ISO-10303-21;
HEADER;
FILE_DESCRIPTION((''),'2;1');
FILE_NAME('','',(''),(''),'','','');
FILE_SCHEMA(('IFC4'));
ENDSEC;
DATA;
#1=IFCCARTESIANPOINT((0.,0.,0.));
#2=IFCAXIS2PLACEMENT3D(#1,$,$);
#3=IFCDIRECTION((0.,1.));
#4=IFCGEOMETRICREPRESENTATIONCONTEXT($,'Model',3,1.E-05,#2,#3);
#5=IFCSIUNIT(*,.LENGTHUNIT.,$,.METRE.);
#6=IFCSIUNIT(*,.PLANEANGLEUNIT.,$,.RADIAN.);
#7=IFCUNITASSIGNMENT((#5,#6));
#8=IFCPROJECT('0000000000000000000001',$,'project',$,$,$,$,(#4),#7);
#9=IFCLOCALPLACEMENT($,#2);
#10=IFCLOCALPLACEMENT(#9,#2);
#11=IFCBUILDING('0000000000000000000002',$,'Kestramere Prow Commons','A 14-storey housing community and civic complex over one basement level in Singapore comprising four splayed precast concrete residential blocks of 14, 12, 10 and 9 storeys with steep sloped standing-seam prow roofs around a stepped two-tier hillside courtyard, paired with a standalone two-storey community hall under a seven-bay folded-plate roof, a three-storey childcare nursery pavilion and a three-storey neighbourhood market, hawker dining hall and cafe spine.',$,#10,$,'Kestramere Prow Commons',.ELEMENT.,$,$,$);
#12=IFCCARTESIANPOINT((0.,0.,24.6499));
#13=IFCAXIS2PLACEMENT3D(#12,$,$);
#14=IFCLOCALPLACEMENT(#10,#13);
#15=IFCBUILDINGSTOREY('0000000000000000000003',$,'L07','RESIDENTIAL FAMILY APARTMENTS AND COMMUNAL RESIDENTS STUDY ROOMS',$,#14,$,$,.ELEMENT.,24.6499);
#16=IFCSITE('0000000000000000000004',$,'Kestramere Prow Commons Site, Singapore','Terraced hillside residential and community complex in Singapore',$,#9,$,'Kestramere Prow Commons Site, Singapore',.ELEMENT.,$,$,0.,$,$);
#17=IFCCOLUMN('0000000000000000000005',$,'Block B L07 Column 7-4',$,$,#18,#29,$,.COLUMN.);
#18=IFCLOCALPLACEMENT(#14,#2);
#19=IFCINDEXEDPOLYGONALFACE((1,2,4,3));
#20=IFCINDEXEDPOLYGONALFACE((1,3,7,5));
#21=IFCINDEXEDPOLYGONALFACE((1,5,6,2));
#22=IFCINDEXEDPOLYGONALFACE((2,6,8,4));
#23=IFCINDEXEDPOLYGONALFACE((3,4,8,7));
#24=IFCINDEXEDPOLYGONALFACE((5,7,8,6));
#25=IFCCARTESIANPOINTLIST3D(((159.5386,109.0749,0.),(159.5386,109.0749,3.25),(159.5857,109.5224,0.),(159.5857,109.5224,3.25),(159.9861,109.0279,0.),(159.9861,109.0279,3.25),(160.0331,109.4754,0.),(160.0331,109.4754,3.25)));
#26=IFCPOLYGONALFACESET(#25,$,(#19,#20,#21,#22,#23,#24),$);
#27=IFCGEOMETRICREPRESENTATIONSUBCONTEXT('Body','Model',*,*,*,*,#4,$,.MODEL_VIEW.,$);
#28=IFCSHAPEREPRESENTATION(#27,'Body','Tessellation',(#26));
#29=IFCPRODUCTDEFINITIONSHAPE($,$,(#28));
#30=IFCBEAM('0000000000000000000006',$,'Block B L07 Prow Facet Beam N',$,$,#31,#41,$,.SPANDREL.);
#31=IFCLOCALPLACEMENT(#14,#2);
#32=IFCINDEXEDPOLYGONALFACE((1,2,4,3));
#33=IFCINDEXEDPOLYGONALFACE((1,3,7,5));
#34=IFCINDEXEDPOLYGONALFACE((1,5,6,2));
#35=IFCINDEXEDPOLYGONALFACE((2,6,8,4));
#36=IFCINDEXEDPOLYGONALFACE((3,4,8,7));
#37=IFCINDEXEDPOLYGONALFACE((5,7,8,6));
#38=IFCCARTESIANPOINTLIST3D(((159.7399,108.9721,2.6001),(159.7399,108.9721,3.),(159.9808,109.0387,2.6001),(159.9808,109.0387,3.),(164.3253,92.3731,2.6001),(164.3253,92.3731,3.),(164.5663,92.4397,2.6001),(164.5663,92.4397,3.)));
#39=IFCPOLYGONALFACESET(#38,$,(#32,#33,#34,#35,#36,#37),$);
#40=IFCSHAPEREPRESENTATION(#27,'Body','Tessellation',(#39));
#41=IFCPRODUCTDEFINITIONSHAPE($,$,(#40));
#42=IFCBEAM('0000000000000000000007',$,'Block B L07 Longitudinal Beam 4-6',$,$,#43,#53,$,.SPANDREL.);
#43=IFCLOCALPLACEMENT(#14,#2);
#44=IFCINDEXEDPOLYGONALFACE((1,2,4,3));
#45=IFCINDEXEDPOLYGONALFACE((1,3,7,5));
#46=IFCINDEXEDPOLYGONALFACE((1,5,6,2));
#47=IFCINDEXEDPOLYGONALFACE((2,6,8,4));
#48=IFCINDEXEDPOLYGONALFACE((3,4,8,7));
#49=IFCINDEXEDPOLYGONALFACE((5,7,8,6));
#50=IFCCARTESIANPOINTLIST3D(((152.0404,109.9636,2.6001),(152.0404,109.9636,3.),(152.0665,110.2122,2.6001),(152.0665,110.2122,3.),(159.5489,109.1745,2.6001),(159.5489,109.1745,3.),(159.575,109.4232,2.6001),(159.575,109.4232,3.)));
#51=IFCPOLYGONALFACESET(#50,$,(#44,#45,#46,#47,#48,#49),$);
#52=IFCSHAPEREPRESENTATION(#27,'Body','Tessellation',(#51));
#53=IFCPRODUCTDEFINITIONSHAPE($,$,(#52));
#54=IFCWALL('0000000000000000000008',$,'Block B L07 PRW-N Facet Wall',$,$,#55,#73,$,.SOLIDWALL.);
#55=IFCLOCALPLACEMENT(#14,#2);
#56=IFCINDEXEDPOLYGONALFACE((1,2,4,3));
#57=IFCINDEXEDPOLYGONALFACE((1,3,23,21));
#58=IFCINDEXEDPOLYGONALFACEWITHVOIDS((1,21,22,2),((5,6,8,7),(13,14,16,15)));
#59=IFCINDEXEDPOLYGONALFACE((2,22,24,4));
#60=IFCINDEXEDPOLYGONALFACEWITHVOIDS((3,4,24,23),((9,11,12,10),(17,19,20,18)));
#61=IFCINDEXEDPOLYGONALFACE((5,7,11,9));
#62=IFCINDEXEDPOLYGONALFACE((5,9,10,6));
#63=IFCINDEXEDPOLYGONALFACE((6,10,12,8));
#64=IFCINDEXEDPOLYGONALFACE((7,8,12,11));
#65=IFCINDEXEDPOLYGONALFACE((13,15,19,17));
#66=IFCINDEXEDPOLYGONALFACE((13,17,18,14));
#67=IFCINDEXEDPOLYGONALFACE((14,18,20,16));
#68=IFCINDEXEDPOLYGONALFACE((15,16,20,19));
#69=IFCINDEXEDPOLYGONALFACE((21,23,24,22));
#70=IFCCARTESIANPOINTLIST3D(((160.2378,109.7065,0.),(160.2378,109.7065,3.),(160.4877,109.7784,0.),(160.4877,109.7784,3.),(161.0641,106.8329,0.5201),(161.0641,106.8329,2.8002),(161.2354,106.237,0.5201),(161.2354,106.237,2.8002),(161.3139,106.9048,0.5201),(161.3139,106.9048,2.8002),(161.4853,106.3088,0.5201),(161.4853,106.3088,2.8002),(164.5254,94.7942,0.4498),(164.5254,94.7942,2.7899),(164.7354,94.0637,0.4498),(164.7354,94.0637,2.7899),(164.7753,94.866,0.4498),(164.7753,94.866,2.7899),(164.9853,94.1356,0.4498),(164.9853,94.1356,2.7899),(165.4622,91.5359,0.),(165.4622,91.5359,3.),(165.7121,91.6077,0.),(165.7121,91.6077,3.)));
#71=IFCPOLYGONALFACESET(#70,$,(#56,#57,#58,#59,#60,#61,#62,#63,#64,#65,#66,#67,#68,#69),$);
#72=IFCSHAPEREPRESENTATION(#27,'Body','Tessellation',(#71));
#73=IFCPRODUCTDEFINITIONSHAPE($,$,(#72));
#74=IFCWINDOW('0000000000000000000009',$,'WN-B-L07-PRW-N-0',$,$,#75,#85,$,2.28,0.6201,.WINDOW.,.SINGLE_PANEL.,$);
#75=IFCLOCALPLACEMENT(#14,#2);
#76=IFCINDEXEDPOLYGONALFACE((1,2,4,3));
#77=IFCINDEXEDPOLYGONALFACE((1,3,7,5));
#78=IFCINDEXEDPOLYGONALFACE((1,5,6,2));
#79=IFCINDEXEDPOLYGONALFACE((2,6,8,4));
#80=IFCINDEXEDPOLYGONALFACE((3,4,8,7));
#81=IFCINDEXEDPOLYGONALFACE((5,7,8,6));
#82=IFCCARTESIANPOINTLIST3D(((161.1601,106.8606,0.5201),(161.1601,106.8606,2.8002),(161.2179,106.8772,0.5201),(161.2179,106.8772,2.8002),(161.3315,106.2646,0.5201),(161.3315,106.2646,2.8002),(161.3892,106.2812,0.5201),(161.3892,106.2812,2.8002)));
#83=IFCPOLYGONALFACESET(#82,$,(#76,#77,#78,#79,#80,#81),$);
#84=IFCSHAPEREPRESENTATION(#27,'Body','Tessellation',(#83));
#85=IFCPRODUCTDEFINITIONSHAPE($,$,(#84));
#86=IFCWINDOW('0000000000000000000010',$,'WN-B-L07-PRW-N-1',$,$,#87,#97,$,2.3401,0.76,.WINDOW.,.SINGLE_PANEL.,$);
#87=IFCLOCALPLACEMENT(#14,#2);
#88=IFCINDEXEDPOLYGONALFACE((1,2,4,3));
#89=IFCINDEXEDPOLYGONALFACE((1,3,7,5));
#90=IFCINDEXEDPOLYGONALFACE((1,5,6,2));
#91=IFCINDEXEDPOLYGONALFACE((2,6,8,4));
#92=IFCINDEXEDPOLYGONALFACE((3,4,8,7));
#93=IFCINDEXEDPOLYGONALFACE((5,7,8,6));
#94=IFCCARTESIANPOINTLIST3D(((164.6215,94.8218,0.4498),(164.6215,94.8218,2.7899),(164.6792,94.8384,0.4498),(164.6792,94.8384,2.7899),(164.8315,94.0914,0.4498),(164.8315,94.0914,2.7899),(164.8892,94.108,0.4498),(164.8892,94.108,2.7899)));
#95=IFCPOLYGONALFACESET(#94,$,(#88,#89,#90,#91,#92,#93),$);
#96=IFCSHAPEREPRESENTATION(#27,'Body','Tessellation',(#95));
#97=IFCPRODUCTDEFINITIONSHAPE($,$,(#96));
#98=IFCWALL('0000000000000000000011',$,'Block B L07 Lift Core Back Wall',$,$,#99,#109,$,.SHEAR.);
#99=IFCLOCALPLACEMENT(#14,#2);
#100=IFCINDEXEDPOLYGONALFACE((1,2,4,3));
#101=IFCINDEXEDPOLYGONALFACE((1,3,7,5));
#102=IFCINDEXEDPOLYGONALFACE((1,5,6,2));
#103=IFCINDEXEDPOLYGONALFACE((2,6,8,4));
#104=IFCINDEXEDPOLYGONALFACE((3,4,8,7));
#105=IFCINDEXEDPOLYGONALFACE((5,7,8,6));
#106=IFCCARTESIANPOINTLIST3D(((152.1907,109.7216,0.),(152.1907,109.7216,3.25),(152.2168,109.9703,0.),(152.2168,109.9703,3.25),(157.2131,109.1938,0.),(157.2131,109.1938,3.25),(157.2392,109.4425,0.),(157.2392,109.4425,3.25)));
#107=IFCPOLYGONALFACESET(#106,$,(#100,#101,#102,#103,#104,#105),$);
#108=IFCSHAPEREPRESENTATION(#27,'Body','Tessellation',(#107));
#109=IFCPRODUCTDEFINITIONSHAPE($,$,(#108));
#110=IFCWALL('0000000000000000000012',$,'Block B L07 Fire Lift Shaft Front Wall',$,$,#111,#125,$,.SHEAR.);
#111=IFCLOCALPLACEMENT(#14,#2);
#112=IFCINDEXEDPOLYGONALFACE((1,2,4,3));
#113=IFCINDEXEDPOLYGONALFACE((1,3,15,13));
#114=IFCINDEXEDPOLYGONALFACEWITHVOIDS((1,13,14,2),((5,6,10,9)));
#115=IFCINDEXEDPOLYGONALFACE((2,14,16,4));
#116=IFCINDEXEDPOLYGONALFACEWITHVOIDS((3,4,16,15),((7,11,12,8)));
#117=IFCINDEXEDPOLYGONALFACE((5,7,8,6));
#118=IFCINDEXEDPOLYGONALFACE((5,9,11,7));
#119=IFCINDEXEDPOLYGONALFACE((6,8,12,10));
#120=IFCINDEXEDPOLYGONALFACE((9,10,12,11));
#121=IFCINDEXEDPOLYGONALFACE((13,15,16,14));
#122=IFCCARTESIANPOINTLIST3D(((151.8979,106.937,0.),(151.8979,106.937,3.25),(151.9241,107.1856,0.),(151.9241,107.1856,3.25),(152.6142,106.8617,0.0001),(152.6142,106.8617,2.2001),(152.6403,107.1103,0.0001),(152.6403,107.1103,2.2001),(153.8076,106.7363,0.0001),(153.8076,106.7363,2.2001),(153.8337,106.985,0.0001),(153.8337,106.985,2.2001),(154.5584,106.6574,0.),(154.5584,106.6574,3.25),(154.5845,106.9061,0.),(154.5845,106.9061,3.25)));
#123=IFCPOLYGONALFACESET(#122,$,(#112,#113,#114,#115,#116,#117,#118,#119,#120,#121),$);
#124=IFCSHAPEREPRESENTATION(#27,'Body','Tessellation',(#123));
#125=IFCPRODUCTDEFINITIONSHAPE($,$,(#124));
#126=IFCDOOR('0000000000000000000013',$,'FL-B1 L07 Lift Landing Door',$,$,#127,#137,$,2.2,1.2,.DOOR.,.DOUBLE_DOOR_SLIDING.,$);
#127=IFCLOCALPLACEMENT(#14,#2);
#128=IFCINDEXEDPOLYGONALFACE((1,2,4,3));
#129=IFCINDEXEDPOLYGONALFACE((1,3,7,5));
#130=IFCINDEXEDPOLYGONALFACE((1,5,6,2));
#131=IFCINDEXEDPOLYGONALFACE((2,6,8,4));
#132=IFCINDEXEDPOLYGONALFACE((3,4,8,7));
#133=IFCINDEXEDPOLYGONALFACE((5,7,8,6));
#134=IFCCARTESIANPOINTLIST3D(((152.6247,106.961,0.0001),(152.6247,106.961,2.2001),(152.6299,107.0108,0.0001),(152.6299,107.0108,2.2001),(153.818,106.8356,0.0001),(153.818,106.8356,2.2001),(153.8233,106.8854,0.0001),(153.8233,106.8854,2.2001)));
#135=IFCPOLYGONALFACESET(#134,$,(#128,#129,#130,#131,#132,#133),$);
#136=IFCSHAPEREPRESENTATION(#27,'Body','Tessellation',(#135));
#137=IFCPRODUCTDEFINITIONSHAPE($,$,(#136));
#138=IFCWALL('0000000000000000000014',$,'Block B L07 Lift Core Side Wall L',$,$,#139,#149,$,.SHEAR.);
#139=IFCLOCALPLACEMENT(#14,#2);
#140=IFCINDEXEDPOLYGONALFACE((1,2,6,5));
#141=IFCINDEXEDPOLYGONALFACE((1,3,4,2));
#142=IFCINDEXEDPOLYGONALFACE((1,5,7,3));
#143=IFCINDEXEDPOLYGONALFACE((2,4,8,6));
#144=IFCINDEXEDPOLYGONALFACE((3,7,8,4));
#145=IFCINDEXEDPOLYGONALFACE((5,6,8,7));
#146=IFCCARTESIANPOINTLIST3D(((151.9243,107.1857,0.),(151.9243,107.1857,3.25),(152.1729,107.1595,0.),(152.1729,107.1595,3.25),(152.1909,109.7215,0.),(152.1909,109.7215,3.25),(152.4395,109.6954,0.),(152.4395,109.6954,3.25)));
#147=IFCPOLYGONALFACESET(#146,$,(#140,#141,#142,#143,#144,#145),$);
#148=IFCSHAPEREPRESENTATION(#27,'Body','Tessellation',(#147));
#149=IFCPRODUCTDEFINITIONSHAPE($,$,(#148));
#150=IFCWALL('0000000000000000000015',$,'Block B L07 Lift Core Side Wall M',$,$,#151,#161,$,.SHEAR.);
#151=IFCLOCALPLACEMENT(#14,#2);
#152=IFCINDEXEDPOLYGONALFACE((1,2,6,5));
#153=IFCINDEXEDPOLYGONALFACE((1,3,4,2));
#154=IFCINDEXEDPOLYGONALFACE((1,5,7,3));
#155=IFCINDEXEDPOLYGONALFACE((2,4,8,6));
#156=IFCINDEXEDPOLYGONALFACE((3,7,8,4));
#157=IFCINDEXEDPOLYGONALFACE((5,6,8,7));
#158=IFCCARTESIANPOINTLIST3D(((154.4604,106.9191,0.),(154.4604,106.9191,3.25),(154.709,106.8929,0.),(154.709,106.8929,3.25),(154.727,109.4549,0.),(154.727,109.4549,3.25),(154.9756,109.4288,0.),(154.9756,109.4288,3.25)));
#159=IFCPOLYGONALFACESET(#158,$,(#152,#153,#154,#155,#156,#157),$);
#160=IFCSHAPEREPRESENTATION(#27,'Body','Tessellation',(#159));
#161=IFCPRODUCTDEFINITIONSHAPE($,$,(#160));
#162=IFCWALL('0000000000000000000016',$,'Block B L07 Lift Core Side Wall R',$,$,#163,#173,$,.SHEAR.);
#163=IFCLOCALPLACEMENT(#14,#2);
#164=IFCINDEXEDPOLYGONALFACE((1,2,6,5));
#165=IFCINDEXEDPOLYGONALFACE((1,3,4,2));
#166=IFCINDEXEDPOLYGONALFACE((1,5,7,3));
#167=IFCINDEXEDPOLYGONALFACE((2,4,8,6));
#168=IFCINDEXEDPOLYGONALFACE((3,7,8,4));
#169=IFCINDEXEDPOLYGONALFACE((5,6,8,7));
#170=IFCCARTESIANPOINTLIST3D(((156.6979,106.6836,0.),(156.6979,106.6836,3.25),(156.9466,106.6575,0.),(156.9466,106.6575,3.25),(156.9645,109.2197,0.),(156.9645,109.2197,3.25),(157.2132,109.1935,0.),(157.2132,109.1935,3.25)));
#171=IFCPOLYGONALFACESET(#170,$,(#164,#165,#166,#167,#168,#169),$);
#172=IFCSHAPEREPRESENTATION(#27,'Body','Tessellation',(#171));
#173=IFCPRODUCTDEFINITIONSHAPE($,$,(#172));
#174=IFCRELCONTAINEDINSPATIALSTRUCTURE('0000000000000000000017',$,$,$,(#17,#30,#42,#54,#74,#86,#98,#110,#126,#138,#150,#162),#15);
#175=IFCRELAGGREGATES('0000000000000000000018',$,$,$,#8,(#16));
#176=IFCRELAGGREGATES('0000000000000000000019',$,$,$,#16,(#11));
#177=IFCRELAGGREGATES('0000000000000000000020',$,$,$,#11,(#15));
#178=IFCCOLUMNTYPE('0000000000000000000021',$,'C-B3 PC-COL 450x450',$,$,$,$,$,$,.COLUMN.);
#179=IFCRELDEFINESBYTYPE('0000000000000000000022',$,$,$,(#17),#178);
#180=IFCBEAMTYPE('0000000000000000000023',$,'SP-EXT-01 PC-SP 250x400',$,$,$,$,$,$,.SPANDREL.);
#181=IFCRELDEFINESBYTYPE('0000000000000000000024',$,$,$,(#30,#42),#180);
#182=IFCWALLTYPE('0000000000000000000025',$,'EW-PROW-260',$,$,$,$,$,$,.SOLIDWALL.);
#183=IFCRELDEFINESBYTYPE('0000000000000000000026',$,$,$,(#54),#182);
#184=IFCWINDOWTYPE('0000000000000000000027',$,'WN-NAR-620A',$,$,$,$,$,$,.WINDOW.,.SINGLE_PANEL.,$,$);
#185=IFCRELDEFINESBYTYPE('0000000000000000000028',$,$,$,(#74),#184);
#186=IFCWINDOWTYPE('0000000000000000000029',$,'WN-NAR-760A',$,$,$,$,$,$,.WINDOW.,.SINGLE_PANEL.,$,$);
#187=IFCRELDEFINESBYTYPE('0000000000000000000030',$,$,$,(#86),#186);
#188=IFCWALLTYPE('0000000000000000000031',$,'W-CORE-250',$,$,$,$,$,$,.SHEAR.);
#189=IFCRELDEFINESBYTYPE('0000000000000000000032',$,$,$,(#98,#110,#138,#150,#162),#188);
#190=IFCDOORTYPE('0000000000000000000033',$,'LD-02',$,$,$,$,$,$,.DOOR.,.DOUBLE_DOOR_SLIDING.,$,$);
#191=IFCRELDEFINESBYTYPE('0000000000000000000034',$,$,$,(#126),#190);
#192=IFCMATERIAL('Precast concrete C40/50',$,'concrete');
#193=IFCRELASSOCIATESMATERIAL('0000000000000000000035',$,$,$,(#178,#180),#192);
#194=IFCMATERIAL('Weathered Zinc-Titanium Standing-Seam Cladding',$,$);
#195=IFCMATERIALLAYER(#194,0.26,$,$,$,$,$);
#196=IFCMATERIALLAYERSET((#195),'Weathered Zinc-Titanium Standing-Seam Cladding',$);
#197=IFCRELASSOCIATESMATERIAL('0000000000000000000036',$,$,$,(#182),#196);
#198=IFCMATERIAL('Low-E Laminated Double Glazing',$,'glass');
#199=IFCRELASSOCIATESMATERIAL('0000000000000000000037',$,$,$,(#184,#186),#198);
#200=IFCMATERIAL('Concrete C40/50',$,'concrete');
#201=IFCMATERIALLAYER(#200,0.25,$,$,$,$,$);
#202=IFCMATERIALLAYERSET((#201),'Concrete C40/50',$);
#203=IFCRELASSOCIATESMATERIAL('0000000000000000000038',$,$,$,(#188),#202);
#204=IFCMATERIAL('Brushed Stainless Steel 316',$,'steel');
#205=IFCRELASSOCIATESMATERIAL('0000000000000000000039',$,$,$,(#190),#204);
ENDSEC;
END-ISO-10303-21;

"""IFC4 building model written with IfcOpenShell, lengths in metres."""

from ifc_helpers import new_model, si_unit, direction, frame, frame_2d, origin, origin_2d, place, context, subcontext, project, spatial, rectangle, extrude, material, layer, layer_set, material_profile, profile_set, type_object, element, fill, save


model = new_model("IFC4")

# Units and contexts
model_context = context("Model", 3, precision=1e-05, world=origin(), true_north=direction((0.0, 1.0)))
body_context = subcontext(model_context, "Body", "Model", "MODEL_VIEW")
ifc_project = project(units=[si_unit("LENGTHUNIT", "METRE"), si_unit("PLANEANGLEUNIT", "RADIAN")], contexts=[model_context])

# Site, building, storey
site_placement = place(None, origin())
site = spatial("IfcSite", under=ifc_project, at=site_placement, Name="Kestramere Prow Commons Site, Singapore", Description="Terraced hillside residential and community complex in Singapore", LongName="Kestramere Prow Commons Site, Singapore", CompositionType="ELEMENT", RefElevation=0.0)
building_placement = place(site_placement, origin())
building = spatial("IfcBuilding", under=site, at=building_placement, Name="Kestramere Prow Commons", Description="A 14-storey housing community and civic complex over one basement level in Singapore comprising four splayed precast concrete residential blocks of 14, 12, 10 and 9 storeys with steep sloped standing-seam prow roofs around a stepped two-tier hillside courtyard, paired with a standalone two-storey community hall under a seven-bay folded-plate roof, a three-storey childcare nursery pavilion and a three-storey neighbourhood market, hawker dining hall and cafe spine.", LongName="Kestramere Prow Commons", CompositionType="ELEMENT")
storey_placement = place(building_placement, frame((0.0, 0.0, 24.6499)))
storey = spatial("IfcBuildingStorey", under=building, at=storey_placement, Name="L07", Description="RESIDENTIAL FAMILY APARTMENTS AND COMMUNAL RESIDENTS STUDY ROOMS", CompositionType="ELEMENT", Elevation=24.6499)

# Column
ifc_material_1 = material(Name="Precast concrete C40/50", Category="concrete")
ifc_material_profile_1 = material_profile(ifc_material_1, rectangle(XDim=0.45, YDim=0.45, at=origin_2d()), Name="PC-COL 450x450")
ifc_profile_set_1 = profile_set([ifc_material_profile_1], Name="Precast concrete C40/50")
column_type = type_object("IfcColumnType", Name="C-B3 PC-COL 450x450", PredefinedType="COLUMN", material=ifc_profile_set_1)
column_placement = place(storey_placement, frame((159.7859, 109.2751, 0.0), z_axis=(0.0, 0.0, 1.0), x_axis=(0.994522, -0.104528, 0.0)))
element("IfcColumn", 1, at=column_placement, inside=storey, type_object=column_type, Name="Block B L07 Column 7-4", PredefinedType="COLUMN", context=body_context, shape_type="SweptSolid", body=[
    extrude(rectangle(XDim=0.45, YDim=0.45, at=origin_2d()), origin(), (0.0, 0.0, 1.0), 3.25),
])

# Beams
ifc_material_profile_2 = material_profile(ifc_material_1, rectangle(XDim=0.25, YDim=0.3999, at=origin_2d()), Name="PC-SP 250x400")
ifc_profile_set_2 = profile_set([ifc_material_profile_2], Name="Precast concrete C40/50")
beam_type = type_object("IfcBeamType", Name="SP-EXT-01 PC-SP 250x400", PredefinedType="SPANDREL", material=ifc_profile_set_2)
beam_1_placement = place(storey_placement, frame((159.8604, 109.0054, 2.8), z_axis=(0.266277, -0.963897, 0.0), x_axis=(0.963897, 0.266277, 0.0)))
element("IfcBeam", 2, at=beam_1_placement, inside=storey, type_object=beam_type, Name="Block B L07 Prow Facet Beam N", PredefinedType="SPANDREL", context=body_context, shape_type="SweptSolid", body=[
    extrude(rectangle(XDim=0.25, YDim=0.3999, at=origin_2d()), origin(), (0.0, 0.0, 1.0), 17.2207),
])
beam_2_placement = place(storey_placement, frame((152.0535, 110.0879, 2.8), z_axis=(0.994524, -0.104513, 0.0), x_axis=(0.104513, 0.994524, 0.0)))
element("IfcBeam", 3, at=beam_2_placement, inside=storey, type_object=beam_type, Name="Block B L07 Longitudinal Beam 4-6", PredefinedType="SPANDREL", context=body_context, shape_type="SweptSolid", body=[
    extrude(rectangle(XDim=0.25, YDim=0.3999, at=origin_2d()), origin(), (0.0, 0.0, 1.0), 7.5498),
])

# Wall, openings, windows
ifc_material_2 = material(Name="Weathered Zinc-Titanium Standing-Seam Cladding")
ifc_layer_1 = layer(ifc_material_2, 0.26)
ifc_layer_set_1 = layer_set([ifc_layer_1], Name="Weathered Zinc-Titanium Standing-Seam Cladding")
wall_type_1 = type_object("IfcWallType", Name="EW-PROW-260", PredefinedType="SOLIDWALL", material=ifc_layer_set_1)
wall_1_placement = place(storey_placement, frame((160.3628, 109.7424, 0.0), z_axis=(0.0, 0.0, 1.0), x_axis=(0.276322, -0.961065, 0.0)))
wall_1 = element("IfcWall", 4, at=wall_1_placement, inside=storey, type_object=wall_type_1, Name="Block B L07 PRW-N Facet Wall", PredefinedType="SOLIDWALL", context=body_context, shape_type="SweptSolid", body=[
    extrude(rectangle(XDim=18.9067, YDim=0.26, at=frame_2d((9.4534, 0.0))), origin(), (0.0, 0.0, 1.0), 3.0),
])
opening_1_placement = place(wall_1_placement, frame((2.99, 0.0, 0.52)))
opening_1 = element("IfcOpeningElement", 5, at=opening_1_placement, cuts=wall_1, PredefinedType="OPENING", context=body_context, shape_type="SweptSolid", body=[
    extrude(rectangle(XDim=0.6201, YDim=2.28, at=frame_2d((0.3101, 1.1401))), frame((0.0, 0.145, 0.0), z_axis=(0.0, -1.0, 0.0), x_axis=(1.0, 0.0, 0.0)), (0.0, 0.0, 1.0), 0.29),
])
opening_2_placement = place(wall_1_placement, frame((15.5166, 0.0, 0.45)))
opening_2 = element("IfcOpeningElement", 6, at=opening_2_placement, cuts=wall_1, PredefinedType="OPENING", context=body_context, shape_type="SweptSolid", body=[
    extrude(rectangle(XDim=0.76, YDim=2.3401, at=frame_2d((0.3799, 1.1699))), frame((0.0, 0.145, 0.0), z_axis=(0.0, -1.0, 0.0), x_axis=(1.0, 0.0, 0.0)), (0.0, 0.0, 1.0), 0.29),
])
ifc_material_3 = material(Name="Low-E Laminated Double Glazing", Category="glass")
window_type_1 = type_object("IfcWindowType", Name="WN-NAR-620A", PartitioningType="SINGLE_PANEL", PredefinedType="WINDOW", material=ifc_material_3)
window_1_placement = place(opening_1_placement, origin())
window_1 = element("IfcWindow", 7, at=window_1_placement, inside=storey, type_object=window_type_1, Name="WN-B-L07-PRW-N-0", OverallHeight=2.28, OverallWidth=0.6201, PartitioningType="SINGLE_PANEL", PredefinedType="WINDOW", context=body_context, shape_type="SweptSolid", body=[
    extrude(rectangle(XDim=0.6201, YDim=2.28, at=frame_2d((0.3101, 1.1401))), frame((0.0, 0.03, 0.0), z_axis=(0.0, -1.0, 0.0), x_axis=(1.0, 0.0, 0.0)), (0.0, 0.0, 1.0), 0.0601),
])
fill(opening_1, window_1)
window_type_2 = type_object("IfcWindowType", Name="WN-NAR-760A", PartitioningType="SINGLE_PANEL", PredefinedType="WINDOW", material=ifc_material_3)
window_2_placement = place(opening_2_placement, origin())
window_2 = element("IfcWindow", 8, at=window_2_placement, inside=storey, type_object=window_type_2, Name="WN-B-L07-PRW-N-1", OverallHeight=2.3401, OverallWidth=0.76, PartitioningType="SINGLE_PANEL", PredefinedType="WINDOW", context=body_context, shape_type="SweptSolid", body=[
    extrude(rectangle(XDim=0.76, YDim=2.3401, at=frame_2d((0.3799, 1.1699))), frame((0.0, 0.03, 0.0), z_axis=(0.0, -1.0, 0.0), x_axis=(1.0, 0.0, 0.0)), (0.0, 0.0, 1.0), 0.0601),
])
fill(opening_2, window_2)

# Wall
ifc_material_4 = material(Name="Concrete C40/50", Category="concrete")
ifc_layer_2 = layer(ifc_material_4, 0.25)
ifc_layer_set_2 = layer_set([ifc_layer_2], Name="Concrete C40/50")
wall_type_2 = type_object("IfcWallType", Name="W-CORE-250", PredefinedType="SHEAR", material=ifc_layer_set_2)
wall_2_placement = place(storey_placement, frame((152.2039, 109.8459, 0.0), z_axis=(0.0, 0.0, 1.0), x_axis=(0.994523, -0.104519, 0.0)))
element("IfcWall", 9, at=wall_2_placement, inside=storey, type_object=wall_type_2, Name="Block B L07 Lift Core Back Wall", PredefinedType="SHEAR", context=body_context, shape_type="SweptSolid", body=[
    extrude(rectangle(XDim=5.05, YDim=0.25, at=frame_2d((2.5249, 0.0))), origin(), (0.0, 0.0, 1.0), 3.25),
])

# Wall, opening, door
wall_3_placement = place(storey_placement, frame((151.9111, 107.0613, 0.0), z_axis=(0.0, 0.0, 1.0), x_axis=(0.994525, -0.1045, 0.0)))
wall_3 = element("IfcWall", 10, at=wall_3_placement, inside=storey, type_object=wall_type_2, Name="Block B L07 Fire Lift Shaft Front Wall", PredefinedType="SHEAR", context=body_context, shape_type="SweptSolid", body=[
    extrude(rectangle(XDim=2.675, YDim=0.25, at=frame_2d((1.3374, 0.0))), origin(), (0.0, 0.0, 1.0), 3.25),
])
opening_3_placement = place(wall_3_placement, frame((0.72, 0.0, 0.0)))
opening_3 = element("IfcOpeningElement", 11, at=opening_3_placement, cuts=wall_3, PredefinedType="OPENING", context=body_context, shape_type="SweptSolid", body=[
    extrude(rectangle(XDim=1.2, YDim=2.2, at=frame_2d((0.6001, 1.1001))), frame((0.0, 0.1399, 0.0), z_axis=(0.0, -1.0, 0.0), x_axis=(1.0, 0.0, 0.0)), (0.0, 0.0, 1.0), 0.28),
])
ifc_material_5 = material(Name="Brushed Stainless Steel 316", Category="steel")
door_type_1 = type_object("IfcDoorType", Name="LD-02", OperationType="DOUBLE_DOOR_SLIDING", PredefinedType="DOOR", material=ifc_material_5)
door_1_placement = place(opening_3_placement, origin())
door_1 = element("IfcDoor", 12, at=door_1_placement, inside=storey, type_object=door_type_1, Name="FL-B1 L07 Lift Landing Door", OperationType="DOUBLE_DOOR_SLIDING", OverallHeight=2.2, OverallWidth=1.2, PredefinedType="DOOR", context=body_context, shape_type="SweptSolid", body=[
    extrude(rectangle(XDim=1.2, YDim=2.2, at=frame_2d((0.6001, 1.1001))), frame((0.0, 0.0249, 0.0), z_axis=(0.0, -1.0, 0.0), x_axis=(1.0, 0.0, 0.0)), (0.0, 0.0, 1.0), 0.05),
])
fill(opening_3, door_1)

# Walls
for number, where, z_axis, x_axis, name in (
    (13, (152.0486, 107.1726, 0.0), (0.0, 0.0, 1.0), (0.104555, 0.994519, 0.0), "Block B L07 Lift Core Side Wall L"),
    (14, (154.5847, 106.906, 0.0), (0.0, 0.0, 1.0), (0.104555, 0.994519, 0.0), "Block B L07 Lift Core Side Wall M"),
):
    element("IfcWall", number, at=place(storey_placement, frame(where, z_axis=z_axis, x_axis=x_axis)), inside=storey, type_object=wall_type_2, Name=name, PredefinedType="SHEAR", context=body_context, shape_type="SweptSolid", body=[
        extrude(rectangle(XDim=2.5498, YDim=0.25, at=frame_2d((1.2749, 0.0))), origin(), (0.0, 0.0, 1.0), 3.25),
    ])
wall_4_placement = place(storey_placement, frame((156.8223, 106.6707, 0.0), z_axis=(0.0, 0.0, 1.0), x_axis=(0.104545, 0.99452, 0.0)))
element("IfcWall", 15, at=wall_4_placement, inside=storey, type_object=wall_type_2, Name="Block B L07 Lift Core Side Wall R", PredefinedType="SHEAR", context=body_context, shape_type="SweptSolid", body=[
    extrude(rectangle(XDim=2.55, YDim=0.25, at=frame_2d((1.2749, 0.0))), origin(), (0.0, 0.0, 1.0), 3.25),
])

save(model, "model.ifc")
